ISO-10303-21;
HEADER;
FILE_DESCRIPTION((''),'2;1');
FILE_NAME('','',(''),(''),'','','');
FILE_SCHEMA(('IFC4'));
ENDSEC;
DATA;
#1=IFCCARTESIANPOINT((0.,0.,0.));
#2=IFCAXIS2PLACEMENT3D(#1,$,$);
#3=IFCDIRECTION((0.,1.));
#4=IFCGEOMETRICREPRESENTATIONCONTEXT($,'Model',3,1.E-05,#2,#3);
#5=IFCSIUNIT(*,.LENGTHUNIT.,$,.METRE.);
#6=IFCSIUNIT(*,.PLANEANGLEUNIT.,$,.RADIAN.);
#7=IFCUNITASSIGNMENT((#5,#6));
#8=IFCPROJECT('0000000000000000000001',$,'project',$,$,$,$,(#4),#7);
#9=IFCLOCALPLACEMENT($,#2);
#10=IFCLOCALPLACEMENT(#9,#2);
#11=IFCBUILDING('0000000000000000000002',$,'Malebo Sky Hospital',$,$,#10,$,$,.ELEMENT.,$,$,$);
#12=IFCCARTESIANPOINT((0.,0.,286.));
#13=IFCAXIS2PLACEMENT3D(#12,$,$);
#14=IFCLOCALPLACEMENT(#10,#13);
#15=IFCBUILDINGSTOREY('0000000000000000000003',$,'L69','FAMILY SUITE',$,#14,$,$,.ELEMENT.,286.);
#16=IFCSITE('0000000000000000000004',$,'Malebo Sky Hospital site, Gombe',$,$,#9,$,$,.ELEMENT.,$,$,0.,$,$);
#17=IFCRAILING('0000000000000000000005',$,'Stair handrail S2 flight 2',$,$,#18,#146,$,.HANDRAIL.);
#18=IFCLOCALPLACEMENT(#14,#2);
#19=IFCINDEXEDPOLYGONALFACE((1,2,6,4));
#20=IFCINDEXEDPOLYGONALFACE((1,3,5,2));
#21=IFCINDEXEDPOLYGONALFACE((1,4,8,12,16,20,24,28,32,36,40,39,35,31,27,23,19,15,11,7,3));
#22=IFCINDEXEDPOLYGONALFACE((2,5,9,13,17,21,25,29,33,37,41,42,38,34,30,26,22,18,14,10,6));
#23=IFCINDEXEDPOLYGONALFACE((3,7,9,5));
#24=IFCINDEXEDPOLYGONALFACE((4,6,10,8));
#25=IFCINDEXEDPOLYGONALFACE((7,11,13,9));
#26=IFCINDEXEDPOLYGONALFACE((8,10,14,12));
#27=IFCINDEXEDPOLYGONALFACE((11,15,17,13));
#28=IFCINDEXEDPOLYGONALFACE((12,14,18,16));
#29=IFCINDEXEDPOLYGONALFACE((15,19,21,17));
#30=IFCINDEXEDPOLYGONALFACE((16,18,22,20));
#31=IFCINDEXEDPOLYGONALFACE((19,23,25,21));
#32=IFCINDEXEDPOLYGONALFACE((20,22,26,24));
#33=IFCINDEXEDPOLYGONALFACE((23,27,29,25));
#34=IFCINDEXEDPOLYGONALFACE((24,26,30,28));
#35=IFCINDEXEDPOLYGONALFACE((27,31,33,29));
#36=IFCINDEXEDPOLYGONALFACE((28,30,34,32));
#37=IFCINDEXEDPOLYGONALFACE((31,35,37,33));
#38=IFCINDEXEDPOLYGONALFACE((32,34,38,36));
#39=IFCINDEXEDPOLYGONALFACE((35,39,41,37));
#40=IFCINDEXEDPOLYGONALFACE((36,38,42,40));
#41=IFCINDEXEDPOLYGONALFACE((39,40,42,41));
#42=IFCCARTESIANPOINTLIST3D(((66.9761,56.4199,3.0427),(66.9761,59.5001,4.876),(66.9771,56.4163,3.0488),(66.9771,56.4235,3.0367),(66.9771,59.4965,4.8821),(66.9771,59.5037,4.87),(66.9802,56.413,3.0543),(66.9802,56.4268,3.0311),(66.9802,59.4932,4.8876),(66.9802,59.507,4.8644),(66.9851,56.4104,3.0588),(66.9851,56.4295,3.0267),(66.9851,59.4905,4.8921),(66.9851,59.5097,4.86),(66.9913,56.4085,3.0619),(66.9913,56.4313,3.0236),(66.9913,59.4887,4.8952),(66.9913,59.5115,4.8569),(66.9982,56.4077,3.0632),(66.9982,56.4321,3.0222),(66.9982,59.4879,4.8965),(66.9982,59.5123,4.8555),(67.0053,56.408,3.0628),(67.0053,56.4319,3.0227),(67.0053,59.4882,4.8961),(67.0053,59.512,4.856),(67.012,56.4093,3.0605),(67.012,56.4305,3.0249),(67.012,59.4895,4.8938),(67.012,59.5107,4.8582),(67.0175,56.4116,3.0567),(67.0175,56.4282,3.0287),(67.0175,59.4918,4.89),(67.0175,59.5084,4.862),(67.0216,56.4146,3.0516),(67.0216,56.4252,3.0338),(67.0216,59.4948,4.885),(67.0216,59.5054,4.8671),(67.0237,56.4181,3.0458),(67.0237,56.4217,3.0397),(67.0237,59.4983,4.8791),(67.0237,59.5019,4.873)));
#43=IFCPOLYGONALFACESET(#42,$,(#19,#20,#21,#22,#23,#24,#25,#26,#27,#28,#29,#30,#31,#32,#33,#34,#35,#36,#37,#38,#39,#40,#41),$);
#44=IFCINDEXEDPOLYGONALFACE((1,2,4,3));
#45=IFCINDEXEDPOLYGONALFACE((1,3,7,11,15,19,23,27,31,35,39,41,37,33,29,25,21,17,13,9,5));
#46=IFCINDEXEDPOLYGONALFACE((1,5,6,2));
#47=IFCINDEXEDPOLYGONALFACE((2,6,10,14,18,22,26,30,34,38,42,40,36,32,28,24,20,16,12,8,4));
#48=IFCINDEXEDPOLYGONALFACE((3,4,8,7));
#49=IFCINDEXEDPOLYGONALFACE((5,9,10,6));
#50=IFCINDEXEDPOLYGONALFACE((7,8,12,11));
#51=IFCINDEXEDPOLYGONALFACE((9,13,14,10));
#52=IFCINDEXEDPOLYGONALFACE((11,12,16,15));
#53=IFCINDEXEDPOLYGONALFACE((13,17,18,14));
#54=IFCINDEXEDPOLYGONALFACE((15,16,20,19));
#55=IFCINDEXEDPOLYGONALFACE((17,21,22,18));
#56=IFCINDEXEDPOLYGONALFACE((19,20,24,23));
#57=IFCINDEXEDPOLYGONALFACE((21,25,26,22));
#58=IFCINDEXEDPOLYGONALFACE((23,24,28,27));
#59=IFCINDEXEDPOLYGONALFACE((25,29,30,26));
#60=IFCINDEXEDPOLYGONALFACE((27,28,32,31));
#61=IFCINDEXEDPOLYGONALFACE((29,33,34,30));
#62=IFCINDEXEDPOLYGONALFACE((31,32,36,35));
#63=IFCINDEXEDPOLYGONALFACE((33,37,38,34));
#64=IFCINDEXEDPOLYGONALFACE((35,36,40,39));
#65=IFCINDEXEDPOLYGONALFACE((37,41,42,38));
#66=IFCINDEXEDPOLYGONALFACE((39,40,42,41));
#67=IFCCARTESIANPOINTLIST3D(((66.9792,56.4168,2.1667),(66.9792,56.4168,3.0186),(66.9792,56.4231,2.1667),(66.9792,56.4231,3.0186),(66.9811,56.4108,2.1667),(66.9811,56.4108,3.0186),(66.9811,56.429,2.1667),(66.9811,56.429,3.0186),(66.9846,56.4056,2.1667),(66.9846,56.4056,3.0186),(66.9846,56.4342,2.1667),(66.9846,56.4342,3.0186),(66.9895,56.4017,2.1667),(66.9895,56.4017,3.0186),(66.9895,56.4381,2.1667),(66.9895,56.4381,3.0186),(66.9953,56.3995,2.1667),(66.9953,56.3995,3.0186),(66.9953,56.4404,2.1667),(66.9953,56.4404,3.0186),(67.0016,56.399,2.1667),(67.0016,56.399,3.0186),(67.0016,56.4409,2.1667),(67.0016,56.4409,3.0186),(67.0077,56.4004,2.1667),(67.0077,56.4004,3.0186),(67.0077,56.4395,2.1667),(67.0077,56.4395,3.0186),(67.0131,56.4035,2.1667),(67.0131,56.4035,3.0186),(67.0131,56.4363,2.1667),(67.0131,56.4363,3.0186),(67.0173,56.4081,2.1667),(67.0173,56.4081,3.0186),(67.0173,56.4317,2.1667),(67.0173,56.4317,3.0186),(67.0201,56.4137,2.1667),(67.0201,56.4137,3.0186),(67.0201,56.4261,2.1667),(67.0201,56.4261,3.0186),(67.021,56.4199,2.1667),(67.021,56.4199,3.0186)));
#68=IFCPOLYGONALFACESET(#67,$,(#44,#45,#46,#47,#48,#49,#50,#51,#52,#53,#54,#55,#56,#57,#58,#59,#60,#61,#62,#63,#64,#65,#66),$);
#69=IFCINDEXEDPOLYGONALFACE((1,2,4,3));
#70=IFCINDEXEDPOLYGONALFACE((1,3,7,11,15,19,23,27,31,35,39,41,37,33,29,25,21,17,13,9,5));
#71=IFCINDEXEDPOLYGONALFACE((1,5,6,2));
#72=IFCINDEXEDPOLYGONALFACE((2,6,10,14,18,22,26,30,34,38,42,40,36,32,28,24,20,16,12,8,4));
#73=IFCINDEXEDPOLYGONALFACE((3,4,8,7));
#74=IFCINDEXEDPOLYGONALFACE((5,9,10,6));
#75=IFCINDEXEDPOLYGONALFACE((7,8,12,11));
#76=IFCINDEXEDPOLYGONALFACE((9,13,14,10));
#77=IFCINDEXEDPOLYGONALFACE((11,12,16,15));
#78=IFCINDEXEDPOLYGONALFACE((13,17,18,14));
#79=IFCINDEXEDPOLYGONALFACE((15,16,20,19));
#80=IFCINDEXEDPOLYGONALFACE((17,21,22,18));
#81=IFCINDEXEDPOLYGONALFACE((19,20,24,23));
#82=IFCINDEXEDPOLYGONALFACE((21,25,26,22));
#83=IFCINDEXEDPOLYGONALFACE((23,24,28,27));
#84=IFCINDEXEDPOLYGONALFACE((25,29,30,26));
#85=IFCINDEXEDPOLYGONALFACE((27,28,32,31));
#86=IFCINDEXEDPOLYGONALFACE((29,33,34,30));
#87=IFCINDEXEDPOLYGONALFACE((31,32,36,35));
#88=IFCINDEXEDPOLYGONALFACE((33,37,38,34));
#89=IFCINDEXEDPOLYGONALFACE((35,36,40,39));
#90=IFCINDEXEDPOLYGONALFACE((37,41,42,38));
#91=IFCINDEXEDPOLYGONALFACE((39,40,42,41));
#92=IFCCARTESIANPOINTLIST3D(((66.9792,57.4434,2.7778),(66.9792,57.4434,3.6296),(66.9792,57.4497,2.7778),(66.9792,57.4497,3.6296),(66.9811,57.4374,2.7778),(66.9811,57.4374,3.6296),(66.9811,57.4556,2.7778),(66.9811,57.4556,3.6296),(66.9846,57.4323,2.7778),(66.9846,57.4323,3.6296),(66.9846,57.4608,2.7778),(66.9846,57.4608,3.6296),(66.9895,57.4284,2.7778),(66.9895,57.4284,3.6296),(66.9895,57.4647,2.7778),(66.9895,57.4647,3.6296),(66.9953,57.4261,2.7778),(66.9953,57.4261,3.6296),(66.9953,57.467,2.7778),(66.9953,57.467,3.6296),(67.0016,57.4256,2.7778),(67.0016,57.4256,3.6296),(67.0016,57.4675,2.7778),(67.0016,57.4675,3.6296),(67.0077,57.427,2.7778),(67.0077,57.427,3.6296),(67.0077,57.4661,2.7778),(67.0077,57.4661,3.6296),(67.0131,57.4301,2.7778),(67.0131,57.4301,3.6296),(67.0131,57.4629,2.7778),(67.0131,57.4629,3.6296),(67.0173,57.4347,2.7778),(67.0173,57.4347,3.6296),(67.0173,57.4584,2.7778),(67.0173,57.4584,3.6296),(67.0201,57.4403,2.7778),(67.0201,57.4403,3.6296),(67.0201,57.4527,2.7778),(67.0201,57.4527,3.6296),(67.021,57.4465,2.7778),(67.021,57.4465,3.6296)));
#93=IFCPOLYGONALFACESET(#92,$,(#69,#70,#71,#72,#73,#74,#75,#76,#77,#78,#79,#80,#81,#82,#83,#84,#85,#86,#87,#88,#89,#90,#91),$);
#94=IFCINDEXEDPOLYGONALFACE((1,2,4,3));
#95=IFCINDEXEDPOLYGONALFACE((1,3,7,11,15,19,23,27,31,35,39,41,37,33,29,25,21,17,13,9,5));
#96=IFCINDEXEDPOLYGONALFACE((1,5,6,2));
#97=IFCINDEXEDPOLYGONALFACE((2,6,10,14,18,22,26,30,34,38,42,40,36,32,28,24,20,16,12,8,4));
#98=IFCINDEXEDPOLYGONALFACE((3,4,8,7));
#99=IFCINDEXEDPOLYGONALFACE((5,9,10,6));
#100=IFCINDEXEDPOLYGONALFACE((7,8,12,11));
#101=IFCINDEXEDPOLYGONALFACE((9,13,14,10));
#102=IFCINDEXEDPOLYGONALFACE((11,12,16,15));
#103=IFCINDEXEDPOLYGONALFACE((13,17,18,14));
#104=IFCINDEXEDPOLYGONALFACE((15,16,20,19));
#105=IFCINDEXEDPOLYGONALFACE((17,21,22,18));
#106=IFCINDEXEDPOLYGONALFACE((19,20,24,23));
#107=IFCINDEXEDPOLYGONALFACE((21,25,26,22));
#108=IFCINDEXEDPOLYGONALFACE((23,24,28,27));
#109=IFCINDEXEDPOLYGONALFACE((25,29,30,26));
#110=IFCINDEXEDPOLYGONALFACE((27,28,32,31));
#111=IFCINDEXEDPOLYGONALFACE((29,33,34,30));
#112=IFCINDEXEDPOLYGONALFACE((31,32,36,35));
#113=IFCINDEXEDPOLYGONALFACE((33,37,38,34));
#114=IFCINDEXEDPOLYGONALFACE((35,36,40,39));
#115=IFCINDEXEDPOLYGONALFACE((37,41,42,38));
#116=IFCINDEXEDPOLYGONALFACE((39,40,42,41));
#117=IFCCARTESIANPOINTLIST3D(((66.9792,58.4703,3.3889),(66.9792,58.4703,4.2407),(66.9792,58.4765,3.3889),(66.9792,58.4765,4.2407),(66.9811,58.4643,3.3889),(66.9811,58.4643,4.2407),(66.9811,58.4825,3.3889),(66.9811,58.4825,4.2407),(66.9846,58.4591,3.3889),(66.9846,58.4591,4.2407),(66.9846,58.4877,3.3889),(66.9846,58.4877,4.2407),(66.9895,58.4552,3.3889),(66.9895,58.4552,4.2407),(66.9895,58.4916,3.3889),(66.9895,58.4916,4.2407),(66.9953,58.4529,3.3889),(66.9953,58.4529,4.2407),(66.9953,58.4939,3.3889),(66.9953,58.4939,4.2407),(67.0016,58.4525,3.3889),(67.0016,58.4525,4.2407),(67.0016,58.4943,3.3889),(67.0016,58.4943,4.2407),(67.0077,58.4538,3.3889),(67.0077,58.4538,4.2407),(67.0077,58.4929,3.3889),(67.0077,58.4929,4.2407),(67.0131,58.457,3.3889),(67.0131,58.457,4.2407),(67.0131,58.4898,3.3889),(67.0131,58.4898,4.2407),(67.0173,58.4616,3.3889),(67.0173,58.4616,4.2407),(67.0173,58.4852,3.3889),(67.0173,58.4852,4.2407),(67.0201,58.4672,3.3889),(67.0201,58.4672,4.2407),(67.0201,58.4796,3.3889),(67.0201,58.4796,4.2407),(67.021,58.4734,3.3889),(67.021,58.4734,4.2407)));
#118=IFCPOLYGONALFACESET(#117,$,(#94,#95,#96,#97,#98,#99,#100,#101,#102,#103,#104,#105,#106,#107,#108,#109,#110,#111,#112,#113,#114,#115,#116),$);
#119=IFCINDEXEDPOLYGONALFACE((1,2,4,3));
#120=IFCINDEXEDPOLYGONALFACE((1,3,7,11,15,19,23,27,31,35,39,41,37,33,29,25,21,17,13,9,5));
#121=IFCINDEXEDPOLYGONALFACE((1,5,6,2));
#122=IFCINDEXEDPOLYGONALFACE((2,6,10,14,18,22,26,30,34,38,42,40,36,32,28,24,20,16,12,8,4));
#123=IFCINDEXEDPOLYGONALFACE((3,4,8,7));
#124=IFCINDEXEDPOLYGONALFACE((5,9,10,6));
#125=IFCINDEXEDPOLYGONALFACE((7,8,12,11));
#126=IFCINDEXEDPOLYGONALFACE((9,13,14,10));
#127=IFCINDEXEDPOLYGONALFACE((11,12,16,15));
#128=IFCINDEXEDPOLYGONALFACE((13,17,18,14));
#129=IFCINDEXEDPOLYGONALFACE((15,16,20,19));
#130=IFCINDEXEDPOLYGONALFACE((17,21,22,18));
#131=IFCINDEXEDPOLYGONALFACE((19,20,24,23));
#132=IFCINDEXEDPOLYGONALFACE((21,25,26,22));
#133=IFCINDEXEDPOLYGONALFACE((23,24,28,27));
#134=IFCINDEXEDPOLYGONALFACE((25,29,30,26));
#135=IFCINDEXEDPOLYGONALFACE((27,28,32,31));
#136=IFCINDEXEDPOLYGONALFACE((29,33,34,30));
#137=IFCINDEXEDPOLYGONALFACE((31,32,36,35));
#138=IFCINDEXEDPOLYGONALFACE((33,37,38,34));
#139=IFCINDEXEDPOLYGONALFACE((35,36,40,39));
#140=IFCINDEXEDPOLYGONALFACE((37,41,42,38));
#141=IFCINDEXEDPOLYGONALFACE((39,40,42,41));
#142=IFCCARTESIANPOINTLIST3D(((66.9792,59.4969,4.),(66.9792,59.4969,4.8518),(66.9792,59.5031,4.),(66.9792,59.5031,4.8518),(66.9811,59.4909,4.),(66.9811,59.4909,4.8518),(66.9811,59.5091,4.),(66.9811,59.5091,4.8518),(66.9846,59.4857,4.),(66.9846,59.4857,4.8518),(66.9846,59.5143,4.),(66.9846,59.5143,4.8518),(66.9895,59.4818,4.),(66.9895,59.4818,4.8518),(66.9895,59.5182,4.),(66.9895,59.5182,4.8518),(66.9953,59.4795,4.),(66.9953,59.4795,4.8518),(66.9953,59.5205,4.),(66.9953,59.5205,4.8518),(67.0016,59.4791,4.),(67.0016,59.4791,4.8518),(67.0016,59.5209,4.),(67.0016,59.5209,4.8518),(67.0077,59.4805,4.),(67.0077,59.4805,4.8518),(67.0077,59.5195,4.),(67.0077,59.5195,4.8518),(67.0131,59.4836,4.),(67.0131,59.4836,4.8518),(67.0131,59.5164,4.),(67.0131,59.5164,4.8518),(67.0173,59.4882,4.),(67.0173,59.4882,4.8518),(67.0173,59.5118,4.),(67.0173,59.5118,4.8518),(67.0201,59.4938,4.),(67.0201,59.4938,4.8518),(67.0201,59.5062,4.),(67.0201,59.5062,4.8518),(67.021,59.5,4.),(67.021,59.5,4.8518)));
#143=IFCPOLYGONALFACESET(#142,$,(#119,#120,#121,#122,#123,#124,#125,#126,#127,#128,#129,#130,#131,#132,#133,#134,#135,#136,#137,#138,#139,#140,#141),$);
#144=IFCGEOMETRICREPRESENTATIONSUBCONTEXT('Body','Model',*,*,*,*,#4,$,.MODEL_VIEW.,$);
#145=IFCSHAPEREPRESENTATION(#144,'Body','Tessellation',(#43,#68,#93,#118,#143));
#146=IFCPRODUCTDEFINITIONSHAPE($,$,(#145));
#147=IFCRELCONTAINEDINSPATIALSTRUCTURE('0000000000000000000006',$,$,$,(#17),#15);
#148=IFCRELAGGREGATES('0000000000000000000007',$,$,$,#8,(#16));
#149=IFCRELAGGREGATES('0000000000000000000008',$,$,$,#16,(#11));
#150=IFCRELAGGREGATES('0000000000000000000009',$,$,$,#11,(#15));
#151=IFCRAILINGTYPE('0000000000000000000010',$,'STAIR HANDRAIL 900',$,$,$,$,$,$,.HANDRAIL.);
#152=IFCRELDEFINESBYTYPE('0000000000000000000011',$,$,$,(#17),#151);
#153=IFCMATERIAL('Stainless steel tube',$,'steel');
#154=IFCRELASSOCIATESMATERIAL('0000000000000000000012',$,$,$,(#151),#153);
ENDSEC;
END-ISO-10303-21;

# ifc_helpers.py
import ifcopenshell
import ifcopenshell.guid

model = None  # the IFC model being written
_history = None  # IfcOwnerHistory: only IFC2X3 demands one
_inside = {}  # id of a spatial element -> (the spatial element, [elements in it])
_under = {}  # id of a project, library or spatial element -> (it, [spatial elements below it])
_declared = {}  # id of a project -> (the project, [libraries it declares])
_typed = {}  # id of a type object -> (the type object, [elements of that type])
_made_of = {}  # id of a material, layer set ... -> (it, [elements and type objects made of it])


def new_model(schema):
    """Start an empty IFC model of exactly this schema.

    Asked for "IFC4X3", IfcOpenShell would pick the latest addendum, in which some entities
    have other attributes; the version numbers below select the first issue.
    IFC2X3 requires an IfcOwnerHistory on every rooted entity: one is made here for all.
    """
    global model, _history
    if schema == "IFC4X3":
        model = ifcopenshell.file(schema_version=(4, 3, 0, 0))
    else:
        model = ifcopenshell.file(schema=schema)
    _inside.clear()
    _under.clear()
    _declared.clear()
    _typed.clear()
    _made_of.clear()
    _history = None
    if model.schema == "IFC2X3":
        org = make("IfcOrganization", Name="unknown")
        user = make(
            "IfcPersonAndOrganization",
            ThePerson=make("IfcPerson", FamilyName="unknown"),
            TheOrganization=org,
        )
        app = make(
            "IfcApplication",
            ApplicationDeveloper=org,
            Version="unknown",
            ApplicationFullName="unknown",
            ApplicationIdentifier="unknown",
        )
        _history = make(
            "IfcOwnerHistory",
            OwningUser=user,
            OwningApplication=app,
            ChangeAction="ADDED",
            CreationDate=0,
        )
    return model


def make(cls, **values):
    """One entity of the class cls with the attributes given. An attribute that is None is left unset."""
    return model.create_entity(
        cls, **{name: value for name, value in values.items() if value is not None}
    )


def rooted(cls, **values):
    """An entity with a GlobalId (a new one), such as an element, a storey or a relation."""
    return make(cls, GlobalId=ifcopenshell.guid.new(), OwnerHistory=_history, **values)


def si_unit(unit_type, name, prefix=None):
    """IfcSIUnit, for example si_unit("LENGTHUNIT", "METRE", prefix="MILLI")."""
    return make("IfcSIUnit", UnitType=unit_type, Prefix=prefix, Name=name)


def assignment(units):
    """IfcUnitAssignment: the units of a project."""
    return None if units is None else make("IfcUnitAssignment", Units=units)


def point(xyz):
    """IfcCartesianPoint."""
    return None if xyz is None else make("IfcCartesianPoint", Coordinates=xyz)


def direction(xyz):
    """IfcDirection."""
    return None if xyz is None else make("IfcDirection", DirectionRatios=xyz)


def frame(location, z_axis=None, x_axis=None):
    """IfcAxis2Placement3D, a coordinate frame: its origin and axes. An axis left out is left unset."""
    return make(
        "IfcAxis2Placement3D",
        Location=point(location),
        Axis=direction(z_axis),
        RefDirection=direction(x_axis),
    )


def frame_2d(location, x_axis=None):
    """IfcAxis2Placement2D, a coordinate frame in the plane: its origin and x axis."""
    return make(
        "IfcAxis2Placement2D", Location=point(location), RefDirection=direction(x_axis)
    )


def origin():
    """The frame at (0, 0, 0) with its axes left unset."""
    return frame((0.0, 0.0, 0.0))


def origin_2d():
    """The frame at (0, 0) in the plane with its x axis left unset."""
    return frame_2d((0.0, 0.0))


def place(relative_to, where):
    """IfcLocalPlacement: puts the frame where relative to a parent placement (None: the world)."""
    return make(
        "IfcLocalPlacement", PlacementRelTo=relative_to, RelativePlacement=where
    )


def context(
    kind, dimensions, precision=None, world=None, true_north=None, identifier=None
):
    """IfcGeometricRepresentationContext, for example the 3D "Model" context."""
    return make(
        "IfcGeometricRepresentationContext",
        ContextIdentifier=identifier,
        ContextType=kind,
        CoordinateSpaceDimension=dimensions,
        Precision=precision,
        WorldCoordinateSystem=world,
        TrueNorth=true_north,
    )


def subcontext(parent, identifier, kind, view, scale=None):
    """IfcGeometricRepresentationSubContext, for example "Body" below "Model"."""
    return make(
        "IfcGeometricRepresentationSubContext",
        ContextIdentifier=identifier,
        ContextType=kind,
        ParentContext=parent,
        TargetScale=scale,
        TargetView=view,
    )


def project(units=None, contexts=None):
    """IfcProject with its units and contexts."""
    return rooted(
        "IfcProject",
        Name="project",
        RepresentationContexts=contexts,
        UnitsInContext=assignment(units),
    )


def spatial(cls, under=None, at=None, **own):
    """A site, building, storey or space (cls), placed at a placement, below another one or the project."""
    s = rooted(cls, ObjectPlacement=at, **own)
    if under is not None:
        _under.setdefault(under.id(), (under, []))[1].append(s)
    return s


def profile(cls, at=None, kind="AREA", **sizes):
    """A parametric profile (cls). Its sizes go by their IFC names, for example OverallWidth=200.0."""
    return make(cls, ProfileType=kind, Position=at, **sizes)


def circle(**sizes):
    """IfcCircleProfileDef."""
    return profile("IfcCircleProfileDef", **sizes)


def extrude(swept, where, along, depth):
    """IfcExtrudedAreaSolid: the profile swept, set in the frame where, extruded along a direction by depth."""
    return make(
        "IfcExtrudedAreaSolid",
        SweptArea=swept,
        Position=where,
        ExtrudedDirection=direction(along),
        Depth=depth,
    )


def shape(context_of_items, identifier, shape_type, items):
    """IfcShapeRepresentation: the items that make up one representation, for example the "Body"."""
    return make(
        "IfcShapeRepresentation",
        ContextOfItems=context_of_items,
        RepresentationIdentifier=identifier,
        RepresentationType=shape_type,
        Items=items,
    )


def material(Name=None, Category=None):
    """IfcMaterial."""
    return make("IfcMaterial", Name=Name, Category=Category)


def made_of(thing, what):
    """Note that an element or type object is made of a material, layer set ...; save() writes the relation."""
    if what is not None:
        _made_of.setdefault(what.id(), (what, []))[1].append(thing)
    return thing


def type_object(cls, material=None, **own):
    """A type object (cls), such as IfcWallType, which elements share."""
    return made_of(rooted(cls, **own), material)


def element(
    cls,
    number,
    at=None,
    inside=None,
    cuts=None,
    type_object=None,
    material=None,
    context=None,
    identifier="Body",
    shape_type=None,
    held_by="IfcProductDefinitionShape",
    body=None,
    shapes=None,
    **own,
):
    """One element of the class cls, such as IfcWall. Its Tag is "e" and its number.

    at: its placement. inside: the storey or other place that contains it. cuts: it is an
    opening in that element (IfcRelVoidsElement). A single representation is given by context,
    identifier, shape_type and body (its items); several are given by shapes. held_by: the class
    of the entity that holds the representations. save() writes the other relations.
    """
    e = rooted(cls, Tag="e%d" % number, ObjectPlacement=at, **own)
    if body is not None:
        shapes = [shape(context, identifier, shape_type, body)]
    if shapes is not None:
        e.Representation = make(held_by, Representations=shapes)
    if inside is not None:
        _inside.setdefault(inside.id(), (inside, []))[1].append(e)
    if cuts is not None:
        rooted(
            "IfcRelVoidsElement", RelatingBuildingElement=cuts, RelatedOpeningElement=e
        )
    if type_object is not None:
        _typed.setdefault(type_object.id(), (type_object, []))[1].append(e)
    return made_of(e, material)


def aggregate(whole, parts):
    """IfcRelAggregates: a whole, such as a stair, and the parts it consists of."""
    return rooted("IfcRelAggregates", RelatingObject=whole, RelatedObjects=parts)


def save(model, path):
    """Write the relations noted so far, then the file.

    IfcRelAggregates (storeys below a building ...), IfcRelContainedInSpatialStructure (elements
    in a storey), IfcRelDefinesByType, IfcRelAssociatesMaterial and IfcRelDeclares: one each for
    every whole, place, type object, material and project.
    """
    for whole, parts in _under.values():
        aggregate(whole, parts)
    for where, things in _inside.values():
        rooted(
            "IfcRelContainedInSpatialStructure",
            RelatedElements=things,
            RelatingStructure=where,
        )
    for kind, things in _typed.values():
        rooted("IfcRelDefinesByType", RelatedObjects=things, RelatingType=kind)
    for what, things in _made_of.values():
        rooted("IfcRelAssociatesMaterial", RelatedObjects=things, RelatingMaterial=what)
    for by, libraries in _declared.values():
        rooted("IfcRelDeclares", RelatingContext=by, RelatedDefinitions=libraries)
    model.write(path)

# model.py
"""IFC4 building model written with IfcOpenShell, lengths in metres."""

from ifc_helpers import new_model, si_unit, direction, frame, origin, origin_2d, place, context, subcontext, project, spatial, circle, extrude, material, type_object, element, save


model = new_model("IFC4")

# Units and contexts
model_context = context("Model", 3, precision=1e-05, world=origin(), true_north=direction((0.0, 1.0)))
body_context = subcontext(model_context, "Body", "Model", "MODEL_VIEW")
ifc_project = project(units=[si_unit("LENGTHUNIT", "METRE"), si_unit("PLANEANGLEUNIT", "RADIAN")], contexts=[model_context])

# Site, building, storey
site_placement = place(None, origin())
site = spatial("IfcSite", under=ifc_project, at=site_placement, Name="Malebo Sky Hospital site, Gombe", CompositionType="ELEMENT", RefElevation=0.0)
building_placement = place(site_placement, origin())
building = spatial("IfcBuilding", under=site, at=building_placement, Name="Malebo Sky Hospital", CompositionType="ELEMENT")
storey_placement = place(building_placement, frame((0.0, 0.0, 286.0)))
storey = spatial("IfcBuildingStorey", under=building, at=storey_placement, Name="L69", Description="FAMILY SUITE", CompositionType="ELEMENT", Elevation=286.0)

# Railing
ifc_material_1 = material(Name="Stainless steel tube", Category="steel")
railing_type = type_object("IfcRailingType", Name="STAIR HANDRAIL 900", PredefinedType="HANDRAIL", material=ifc_material_1)
railing_placement = place(storey_placement, frame((67.0, 56.4199, 2.1667)))
element("IfcRailing", 1, at=railing_placement, inside=storey, type_object=railing_type, Name="Stair handrail S2 flight 2", PredefinedType="HANDRAIL", context=body_context, shape_type="SweptSolid", body=[
    extrude(circle(Radius=0.0239, at=origin_2d()), frame((0.0, 0.0, 0.876), z_axis=(0.0, 0.859309, 0.511458), x_axis=(-1.0, 0.0, 0.0)), (0.0, 0.0, 1.0), 3.5845),
    extrude(circle(Radius=0.021, at=origin_2d()), origin(), (0.0, 0.0, 1.0), 0.8518),
    extrude(circle(Radius=0.021, at=origin_2d()), frame((0.0, 1.0266, 0.6111)), (0.0, 0.0, 1.0), 0.8518),
    extrude(circle(Radius=0.021, at=origin_2d()), frame((0.0, 2.0535, 1.2222)), (0.0, 0.0, 1.0), 0.8518),
    extrude(circle(Radius=0.021, at=origin_2d()), frame((0.0, 3.0801, 1.8333)), (0.0, 0.0, 1.0), 0.8518),
])

save(model, "model.ifc")
